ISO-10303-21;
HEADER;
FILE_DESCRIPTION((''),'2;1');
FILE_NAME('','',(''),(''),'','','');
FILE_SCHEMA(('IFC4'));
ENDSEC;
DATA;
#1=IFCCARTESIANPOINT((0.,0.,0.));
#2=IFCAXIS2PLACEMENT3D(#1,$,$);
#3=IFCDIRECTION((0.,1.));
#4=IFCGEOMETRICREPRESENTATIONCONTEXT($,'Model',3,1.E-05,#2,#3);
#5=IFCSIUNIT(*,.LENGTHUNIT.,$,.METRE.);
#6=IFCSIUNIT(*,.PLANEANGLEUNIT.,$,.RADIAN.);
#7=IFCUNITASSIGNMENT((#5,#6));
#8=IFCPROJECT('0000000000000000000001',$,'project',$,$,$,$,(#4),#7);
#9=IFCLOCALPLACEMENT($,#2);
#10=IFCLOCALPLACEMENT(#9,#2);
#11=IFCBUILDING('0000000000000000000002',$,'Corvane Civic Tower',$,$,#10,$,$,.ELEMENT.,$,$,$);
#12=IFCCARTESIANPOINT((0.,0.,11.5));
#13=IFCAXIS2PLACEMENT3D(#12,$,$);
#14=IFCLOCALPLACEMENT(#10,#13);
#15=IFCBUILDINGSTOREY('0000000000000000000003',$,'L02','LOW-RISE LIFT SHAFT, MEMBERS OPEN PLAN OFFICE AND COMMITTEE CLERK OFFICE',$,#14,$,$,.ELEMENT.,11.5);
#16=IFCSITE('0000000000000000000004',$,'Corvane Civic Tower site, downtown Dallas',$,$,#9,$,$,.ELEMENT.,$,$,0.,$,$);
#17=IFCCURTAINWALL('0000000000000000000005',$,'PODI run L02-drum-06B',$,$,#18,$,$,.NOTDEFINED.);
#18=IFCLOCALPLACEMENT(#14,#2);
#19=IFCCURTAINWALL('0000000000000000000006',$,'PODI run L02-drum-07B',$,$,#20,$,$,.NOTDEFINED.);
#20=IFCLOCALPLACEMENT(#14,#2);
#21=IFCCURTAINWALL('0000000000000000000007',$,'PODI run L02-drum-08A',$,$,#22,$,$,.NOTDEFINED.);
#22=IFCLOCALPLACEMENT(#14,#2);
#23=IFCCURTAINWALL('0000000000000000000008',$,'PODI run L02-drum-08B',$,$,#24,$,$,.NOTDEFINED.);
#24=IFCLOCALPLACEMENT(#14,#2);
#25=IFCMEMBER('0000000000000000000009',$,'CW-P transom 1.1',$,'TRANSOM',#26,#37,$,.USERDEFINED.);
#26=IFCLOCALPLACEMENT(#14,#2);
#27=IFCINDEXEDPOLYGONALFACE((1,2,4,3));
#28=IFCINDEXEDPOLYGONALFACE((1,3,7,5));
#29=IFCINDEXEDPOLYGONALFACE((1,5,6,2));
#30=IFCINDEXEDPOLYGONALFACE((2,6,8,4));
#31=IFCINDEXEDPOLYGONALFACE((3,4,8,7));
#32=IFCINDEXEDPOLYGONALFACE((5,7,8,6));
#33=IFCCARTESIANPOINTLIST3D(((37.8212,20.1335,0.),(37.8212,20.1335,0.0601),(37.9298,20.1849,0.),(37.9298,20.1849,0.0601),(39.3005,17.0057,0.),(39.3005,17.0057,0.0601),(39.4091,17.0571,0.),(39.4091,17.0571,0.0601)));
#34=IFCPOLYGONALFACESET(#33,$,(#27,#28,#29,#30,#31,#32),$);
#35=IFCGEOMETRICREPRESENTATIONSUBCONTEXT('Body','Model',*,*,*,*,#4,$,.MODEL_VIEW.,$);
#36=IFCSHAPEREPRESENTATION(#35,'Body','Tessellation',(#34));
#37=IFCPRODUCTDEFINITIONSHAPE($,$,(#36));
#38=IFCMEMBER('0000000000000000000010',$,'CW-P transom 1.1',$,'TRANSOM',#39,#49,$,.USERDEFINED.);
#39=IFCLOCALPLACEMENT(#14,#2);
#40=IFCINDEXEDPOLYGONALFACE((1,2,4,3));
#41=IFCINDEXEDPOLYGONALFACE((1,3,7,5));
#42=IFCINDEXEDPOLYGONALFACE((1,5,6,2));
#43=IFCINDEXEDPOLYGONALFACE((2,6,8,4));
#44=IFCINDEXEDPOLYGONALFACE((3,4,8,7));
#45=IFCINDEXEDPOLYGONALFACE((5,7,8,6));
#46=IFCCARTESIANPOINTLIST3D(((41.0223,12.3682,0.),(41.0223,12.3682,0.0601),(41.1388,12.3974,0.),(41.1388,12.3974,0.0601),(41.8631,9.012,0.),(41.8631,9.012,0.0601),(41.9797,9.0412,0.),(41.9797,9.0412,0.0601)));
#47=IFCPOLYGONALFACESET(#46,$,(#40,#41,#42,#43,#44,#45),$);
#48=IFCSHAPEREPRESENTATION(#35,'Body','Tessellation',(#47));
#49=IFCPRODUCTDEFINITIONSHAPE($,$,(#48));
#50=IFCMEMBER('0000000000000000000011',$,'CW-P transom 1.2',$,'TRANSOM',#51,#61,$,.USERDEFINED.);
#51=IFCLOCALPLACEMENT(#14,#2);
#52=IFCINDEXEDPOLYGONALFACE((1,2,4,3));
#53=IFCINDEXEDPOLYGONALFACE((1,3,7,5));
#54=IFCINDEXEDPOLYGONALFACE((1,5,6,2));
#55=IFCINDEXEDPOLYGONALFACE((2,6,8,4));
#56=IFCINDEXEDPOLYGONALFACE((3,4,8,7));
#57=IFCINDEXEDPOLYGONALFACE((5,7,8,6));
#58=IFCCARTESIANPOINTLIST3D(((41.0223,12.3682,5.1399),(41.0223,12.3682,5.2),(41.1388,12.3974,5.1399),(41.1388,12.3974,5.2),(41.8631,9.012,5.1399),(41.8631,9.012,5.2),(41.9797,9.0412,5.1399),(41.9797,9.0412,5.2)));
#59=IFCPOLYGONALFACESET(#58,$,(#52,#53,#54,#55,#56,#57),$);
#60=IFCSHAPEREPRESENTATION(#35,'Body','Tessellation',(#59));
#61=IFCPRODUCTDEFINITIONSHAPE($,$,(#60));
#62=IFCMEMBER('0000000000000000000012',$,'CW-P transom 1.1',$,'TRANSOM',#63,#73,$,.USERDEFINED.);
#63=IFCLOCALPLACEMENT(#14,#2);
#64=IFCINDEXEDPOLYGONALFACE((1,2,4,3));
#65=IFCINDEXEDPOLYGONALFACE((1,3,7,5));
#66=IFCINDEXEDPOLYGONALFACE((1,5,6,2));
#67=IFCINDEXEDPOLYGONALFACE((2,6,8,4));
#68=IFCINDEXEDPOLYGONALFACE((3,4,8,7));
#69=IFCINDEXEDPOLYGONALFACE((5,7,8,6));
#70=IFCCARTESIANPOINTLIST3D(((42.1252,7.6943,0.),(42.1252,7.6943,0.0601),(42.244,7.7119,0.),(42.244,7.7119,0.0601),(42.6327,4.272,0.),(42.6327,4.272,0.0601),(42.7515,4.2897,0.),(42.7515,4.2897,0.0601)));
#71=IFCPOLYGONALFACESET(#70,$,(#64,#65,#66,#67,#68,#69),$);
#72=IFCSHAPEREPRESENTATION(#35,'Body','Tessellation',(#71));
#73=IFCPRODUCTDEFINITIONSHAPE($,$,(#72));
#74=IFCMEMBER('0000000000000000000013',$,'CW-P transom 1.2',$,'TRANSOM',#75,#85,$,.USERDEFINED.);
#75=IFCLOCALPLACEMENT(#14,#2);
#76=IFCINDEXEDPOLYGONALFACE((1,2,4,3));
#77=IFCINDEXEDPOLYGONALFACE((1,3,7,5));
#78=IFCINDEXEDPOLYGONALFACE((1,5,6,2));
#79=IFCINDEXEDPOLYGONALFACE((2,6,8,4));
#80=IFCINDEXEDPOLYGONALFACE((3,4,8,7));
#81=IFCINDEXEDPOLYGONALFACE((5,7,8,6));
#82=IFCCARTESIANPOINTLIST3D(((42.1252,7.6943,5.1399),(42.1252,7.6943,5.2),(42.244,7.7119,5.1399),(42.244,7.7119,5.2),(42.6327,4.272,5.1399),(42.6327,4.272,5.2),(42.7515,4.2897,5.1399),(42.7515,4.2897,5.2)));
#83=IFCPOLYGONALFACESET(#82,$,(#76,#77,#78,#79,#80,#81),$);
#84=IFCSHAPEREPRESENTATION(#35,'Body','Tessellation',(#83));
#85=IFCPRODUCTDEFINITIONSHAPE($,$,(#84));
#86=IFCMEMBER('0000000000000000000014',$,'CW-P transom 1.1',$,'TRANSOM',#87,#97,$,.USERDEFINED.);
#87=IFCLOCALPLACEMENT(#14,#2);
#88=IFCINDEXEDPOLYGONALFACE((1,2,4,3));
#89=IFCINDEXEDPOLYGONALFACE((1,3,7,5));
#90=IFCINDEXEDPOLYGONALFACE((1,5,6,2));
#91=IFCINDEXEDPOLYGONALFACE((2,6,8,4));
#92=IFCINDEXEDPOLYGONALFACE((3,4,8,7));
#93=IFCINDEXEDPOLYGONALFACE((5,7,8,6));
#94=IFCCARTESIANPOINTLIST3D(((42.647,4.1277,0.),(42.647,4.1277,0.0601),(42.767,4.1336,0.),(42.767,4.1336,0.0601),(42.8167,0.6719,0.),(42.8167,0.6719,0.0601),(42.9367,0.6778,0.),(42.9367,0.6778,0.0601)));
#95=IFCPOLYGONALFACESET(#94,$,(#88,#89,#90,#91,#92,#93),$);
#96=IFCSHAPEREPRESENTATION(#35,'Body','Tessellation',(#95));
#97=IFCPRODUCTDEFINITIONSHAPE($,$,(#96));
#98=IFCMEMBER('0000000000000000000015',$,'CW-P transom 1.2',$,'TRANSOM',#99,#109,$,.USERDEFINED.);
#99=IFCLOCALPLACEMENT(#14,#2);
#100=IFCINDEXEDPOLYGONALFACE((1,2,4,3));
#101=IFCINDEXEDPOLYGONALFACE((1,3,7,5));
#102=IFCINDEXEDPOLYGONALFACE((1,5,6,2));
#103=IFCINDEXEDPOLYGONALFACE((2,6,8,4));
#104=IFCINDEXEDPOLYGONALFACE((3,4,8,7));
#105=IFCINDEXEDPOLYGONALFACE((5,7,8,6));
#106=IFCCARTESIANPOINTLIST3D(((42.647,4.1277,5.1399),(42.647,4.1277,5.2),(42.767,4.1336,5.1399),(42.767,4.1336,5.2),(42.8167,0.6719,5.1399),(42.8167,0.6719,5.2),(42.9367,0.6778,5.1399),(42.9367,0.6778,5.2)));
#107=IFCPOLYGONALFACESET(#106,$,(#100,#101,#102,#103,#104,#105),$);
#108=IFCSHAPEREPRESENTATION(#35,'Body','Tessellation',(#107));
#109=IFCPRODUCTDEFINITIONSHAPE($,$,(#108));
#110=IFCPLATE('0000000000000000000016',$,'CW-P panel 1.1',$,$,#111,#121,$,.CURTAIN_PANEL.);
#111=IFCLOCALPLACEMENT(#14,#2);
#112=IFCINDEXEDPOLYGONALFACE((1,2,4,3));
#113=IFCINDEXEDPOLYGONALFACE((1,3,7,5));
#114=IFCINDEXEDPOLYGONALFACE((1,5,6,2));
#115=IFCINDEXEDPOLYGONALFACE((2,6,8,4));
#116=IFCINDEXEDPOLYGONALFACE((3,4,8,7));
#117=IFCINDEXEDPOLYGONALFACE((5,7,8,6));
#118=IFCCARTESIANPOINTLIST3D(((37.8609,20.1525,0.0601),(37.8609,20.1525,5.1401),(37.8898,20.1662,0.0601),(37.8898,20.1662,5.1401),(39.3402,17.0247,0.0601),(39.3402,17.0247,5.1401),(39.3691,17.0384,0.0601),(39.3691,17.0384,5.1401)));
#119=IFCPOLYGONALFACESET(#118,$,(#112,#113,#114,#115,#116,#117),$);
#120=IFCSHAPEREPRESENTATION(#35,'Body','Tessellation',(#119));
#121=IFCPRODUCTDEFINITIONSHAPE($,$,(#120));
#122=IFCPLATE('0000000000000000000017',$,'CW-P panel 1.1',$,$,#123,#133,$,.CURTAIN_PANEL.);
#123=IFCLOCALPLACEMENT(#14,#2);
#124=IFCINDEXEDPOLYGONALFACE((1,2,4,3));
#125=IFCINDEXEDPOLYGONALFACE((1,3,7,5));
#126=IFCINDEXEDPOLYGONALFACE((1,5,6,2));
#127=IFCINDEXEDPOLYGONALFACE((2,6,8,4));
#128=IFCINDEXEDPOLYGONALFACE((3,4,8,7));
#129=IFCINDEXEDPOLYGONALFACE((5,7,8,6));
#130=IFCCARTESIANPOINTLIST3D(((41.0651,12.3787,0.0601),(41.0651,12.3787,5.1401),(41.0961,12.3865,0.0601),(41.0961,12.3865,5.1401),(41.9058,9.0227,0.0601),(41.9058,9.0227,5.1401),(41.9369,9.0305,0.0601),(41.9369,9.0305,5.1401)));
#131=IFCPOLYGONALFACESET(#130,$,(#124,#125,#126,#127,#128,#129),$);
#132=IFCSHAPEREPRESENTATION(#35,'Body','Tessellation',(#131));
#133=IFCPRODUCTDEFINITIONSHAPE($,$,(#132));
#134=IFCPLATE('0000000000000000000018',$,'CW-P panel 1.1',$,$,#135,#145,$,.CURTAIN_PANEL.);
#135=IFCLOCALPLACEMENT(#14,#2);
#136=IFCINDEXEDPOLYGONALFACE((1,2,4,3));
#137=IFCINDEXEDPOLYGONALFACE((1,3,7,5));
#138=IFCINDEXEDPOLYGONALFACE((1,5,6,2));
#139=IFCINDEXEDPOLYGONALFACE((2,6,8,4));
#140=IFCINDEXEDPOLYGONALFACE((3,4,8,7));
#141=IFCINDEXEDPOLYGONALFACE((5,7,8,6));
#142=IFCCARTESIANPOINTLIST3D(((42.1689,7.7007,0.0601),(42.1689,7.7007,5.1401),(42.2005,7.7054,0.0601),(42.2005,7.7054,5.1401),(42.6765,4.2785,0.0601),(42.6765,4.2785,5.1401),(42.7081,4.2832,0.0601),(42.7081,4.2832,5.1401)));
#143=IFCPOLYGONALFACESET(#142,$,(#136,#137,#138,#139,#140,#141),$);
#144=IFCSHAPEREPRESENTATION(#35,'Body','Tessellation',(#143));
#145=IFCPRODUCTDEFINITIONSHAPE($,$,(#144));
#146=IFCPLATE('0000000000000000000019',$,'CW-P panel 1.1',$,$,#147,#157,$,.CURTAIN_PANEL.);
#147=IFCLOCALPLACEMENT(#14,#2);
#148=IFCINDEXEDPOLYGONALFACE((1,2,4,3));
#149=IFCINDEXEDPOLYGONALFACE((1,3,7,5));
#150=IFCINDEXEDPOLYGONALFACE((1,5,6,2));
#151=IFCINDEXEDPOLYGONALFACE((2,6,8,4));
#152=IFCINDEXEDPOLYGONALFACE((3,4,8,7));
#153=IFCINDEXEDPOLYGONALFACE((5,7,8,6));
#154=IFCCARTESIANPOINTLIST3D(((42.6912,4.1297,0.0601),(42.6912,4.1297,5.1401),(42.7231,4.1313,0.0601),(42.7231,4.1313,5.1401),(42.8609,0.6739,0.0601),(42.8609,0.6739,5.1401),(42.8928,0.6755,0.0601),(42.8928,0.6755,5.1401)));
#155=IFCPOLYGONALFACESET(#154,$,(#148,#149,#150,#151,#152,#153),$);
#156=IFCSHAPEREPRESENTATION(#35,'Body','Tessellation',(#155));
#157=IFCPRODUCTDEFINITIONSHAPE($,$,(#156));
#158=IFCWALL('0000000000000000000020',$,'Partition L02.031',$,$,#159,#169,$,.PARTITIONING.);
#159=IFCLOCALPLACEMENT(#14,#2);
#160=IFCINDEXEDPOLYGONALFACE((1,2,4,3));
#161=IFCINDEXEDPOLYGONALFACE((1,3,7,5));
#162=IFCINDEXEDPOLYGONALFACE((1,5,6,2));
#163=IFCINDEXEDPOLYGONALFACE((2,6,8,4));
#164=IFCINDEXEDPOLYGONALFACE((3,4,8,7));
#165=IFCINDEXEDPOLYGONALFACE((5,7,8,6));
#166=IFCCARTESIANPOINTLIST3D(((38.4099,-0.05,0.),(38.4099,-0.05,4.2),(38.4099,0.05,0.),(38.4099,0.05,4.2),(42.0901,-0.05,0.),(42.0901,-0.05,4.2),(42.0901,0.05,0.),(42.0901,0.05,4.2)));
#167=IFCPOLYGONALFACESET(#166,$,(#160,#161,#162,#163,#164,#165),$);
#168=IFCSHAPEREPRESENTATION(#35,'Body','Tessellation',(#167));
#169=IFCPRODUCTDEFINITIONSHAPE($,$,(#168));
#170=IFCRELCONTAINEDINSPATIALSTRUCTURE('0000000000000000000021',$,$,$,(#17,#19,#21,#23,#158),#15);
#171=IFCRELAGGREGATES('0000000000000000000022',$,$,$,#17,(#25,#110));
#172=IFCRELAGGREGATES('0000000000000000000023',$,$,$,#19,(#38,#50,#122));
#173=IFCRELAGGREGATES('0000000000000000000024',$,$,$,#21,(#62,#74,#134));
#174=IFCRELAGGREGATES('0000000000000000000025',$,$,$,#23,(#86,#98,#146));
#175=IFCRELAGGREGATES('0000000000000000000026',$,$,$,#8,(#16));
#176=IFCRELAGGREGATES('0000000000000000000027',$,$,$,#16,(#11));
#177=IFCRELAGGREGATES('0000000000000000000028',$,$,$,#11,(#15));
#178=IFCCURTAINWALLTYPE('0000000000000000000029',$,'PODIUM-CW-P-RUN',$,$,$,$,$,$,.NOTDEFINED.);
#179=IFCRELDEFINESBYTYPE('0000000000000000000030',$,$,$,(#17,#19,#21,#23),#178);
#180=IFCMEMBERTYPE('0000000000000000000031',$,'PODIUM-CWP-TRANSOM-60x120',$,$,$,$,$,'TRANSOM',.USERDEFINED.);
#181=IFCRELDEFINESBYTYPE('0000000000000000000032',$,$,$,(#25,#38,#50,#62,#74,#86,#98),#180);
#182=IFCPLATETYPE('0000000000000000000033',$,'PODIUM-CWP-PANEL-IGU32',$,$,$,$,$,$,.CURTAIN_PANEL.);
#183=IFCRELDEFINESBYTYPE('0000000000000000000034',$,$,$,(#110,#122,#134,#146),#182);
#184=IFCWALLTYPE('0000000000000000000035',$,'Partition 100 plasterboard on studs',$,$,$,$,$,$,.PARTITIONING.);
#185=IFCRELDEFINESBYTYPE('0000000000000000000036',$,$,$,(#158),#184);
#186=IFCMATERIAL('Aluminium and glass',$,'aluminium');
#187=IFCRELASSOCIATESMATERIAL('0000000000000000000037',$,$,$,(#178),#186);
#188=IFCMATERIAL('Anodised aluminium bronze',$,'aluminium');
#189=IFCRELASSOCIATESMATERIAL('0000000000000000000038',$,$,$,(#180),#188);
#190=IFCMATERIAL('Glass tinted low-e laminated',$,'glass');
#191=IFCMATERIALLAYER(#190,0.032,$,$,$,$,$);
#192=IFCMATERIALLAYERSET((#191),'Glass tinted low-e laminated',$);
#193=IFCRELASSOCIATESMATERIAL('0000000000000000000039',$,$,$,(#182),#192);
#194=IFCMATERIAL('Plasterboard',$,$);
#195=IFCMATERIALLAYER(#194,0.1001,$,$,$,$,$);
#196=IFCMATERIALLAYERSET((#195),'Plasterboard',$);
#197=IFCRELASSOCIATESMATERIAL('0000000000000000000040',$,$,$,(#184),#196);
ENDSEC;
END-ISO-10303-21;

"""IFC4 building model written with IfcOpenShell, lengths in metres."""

from ifc_helpers import new_model, si_unit, direction, frame, frame_2d, origin, origin_2d, place, context, subcontext, project, spatial, rectangle, extrude, material, layer, layer_set, material_profile, profile_set, type_object, element, aggregate, save


model = new_model("IFC4")

# Units and contexts
model_context = context("Model", 3, precision=1e-05, world=origin(), true_north=direction((0.0, 1.0)))
body_context = subcontext(model_context, "Body", "Model", "MODEL_VIEW")
ifc_project = project(units=[si_unit("LENGTHUNIT", "METRE"), si_unit("PLANEANGLEUNIT", "RADIAN")], contexts=[model_context])

# Site, building, storey
site_placement = place(None, origin())
site = spatial("IfcSite", under=ifc_project, at=site_placement, Name="Corvane Civic Tower site, downtown Dallas", CompositionType="ELEMENT", RefElevation=0.0)
building_placement = place(site_placement, origin())
building = spatial("IfcBuilding", under=site, at=building_placement, Name="Corvane Civic Tower", CompositionType="ELEMENT")
storey_placement = place(building_placement, frame((0.0, 0.0, 11.5)))
storey = spatial("IfcBuildingStorey", under=building, at=storey_placement, Name="L02", Description="LOW-RISE LIFT SHAFT, MEMBERS OPEN PLAN OFFICE AND COMMITTEE CLERK OFFICE", CompositionType="ELEMENT", Elevation=11.5)

# Curtain wall
ifc_material_1 = material(Name="Aluminium and glass", Category="aluminium")
curtain_wall_type = type_object("IfcCurtainWallType", Name="PODIUM-CW-P-RUN", PredefinedType="NOTDEFINED", material=ifc_material_1)
curtain_wall_1_placement = place(storey_placement, origin())
curtain_wall_1 = element("IfcCurtainWall", 1, at=curtain_wall_1_placement, inside=storey, type_object=curtain_wall_type, Name="PODI run L02-drum-06B", PredefinedType="NOTDEFINED")

# Curtain walls
curtain_wall_2_placement = place(storey_placement, origin())
curtain_wall_2 = element("IfcCurtainWall", 2, at=curtain_wall_2_placement, inside=storey, type_object=curtain_wall_type, Name="PODI run L02-drum-07B", PredefinedType="NOTDEFINED")
curtain_wall_3_placement = place(storey_placement, origin())
curtain_wall_3 = element("IfcCurtainWall", 3, at=curtain_wall_3_placement, inside=storey, type_object=curtain_wall_type, Name="PODI run L02-drum-08A", PredefinedType="NOTDEFINED")
curtain_wall_4_placement = place(storey_placement, origin())
curtain_wall_4 = element("IfcCurtainWall", 4, at=curtain_wall_4_placement, inside=storey, type_object=curtain_wall_type, Name="PODI run L02-drum-08B", PredefinedType="NOTDEFINED")

# Members
ifc_material_2 = material(Name="Anodised aluminium bronze", Category="aluminium")
ifc_material_profile_1 = material_profile(ifc_material_2, rectangle(XDim=0.1201, YDim=0.0601, at=origin_2d()), Name="AL 120x60")
ifc_profile_set_1 = profile_set([ifc_material_profile_1], Name="Anodised aluminium bronze")
member_type_1 = type_object("IfcMemberType", Name="PODIUM-CWP-TRANSOM-60x120", ElementType="TRANSOM", PredefinedType="USERDEFINED", material=ifc_profile_set_1)
member_1_placement = place(storey_placement, frame((37.8755, 20.1592, 0.03), z_axis=(0.427546, -0.903993, 0.0), x_axis=(0.903993, 0.427546, 0.0)))
member_1 = element("IfcMember", 5, at=member_1_placement, type_object=member_type_1, Name="CW-P transom 1.1", ObjectType="TRANSOM", PredefinedType="USERDEFINED", context=body_context, shape_type="SweptSolid", body=[
    extrude(rectangle(XDim=0.1201, YDim=0.0601, at=origin_2d()), origin(), (0.0, 0.0, 1.0), 3.46),
])
member_2_placement = place(storey_placement, frame((41.0806, 12.3828, 0.03), z_axis=(0.243017, -0.970022, 0.0), x_axis=(0.970022, 0.243017, 0.0)))
member_2 = element("IfcMember", 6, at=member_2_placement, type_object=member_type_1, Name="CW-P transom 1.1", ObjectType="TRANSOM", PredefinedType="USERDEFINED", context=body_context, shape_type="SweptSolid", body=[
    extrude(rectangle(XDim=0.1201, YDim=0.0601, at=origin_2d()), origin(), (0.0, 0.0, 1.0), 3.46),
])
member_3_placement = place(storey_placement, frame((41.0806, 12.3828, 5.1699), z_axis=(0.243017, -0.970022, 0.0), x_axis=(0.970022, 0.243017, 0.0)))
member_3 = element("IfcMember", 7, at=member_3_placement, type_object=member_type_1, Name="CW-P transom 1.2", ObjectType="TRANSOM", PredefinedType="USERDEFINED", context=body_context, shape_type="SweptSolid", body=[
    extrude(rectangle(XDim=0.1201, YDim=0.0601, at=origin_2d()), origin(), (0.0, 0.0, 1.0), 3.46),
])
member_4_placement = place(storey_placement, frame((42.1846, 7.7031, 0.03), z_axis=(0.146705, -0.98918, 0.0), x_axis=(0.98918, 0.146705, 0.0)))
member_4 = element("IfcMember", 8, at=member_4_placement, type_object=member_type_1, Name="CW-P transom 1.1", ObjectType="TRANSOM", PredefinedType="USERDEFINED", context=body_context, shape_type="SweptSolid", body=[
    extrude(rectangle(XDim=0.1201, YDim=0.0601, at=origin_2d()), origin(), (0.0, 0.0, 1.0), 3.4597),
])
member_5_placement = place(storey_placement, frame((42.1846, 7.7031, 5.1699), z_axis=(0.146705, -0.98918, 0.0), x_axis=(0.98918, 0.146705, 0.0)))
member_5 = element("IfcMember", 9, at=member_5_placement, type_object=member_type_1, Name="CW-P transom 1.2", ObjectType="TRANSOM", PredefinedType="USERDEFINED", context=body_context, shape_type="SweptSolid", body=[
    extrude(rectangle(XDim=0.1201, YDim=0.0601, at=origin_2d()), origin(), (0.0, 0.0, 1.0), 3.4597),
])
member_6_placement = place(storey_placement, frame((42.707, 4.1306, 0.03), z_axis=(0.04904, -0.998797, 0.0), x_axis=(0.998797, 0.04904, 0.0)))
member_6 = element("IfcMember", 10, at=member_6_placement, type_object=member_type_1, Name="CW-P transom 1.1", ObjectType="TRANSOM", PredefinedType="USERDEFINED", context=body_context, shape_type="SweptSolid", body=[
    extrude(rectangle(XDim=0.1201, YDim=0.0601, at=origin_2d()), origin(), (0.0, 0.0, 1.0), 3.46),
])
member_7_placement = place(storey_placement, frame((42.707, 4.1306, 5.1699), z_axis=(0.04904, -0.998797, 0.0), x_axis=(0.998797, 0.04904, 0.0)))
member_7 = element("IfcMember", 11, at=member_7_placement, type_object=member_type_1, Name="CW-P transom 1.2", ObjectType="TRANSOM", PredefinedType="USERDEFINED", context=body_context, shape_type="SweptSolid", body=[
    extrude(rectangle(XDim=0.1201, YDim=0.0601, at=origin_2d()), origin(), (0.0, 0.0, 1.0), 3.46),
])

# Plates
ifc_material_3 = material(Name="Glass tinted low-e laminated", Category="glass")
ifc_layer_1 = layer(ifc_material_3, 0.032)
ifc_layer_set_1 = layer_set([ifc_layer_1], Name="Glass tinted low-e laminated")
plate_type = type_object("IfcPlateType", Name="PODIUM-CWP-PANEL-IGU32", PredefinedType="CURTAIN_PANEL", material=ifc_layer_set_1)
plate_1_placement = place(storey_placement, frame((38.615, 18.5955, 0.0601), z_axis=(0.0, 0.0, 1.0), x_axis=(0.427553, -0.90399, 0.0)))
plate_1 = element("IfcPlate", 12, at=plate_1_placement, type_object=plate_type, Name="CW-P panel 1.1", PredefinedType="CURTAIN_PANEL", context=body_context, shape_type="SweptSolid", body=[
    extrude(rectangle(XDim=3.46, YDim=0.032, at=origin_2d()), origin(), (0.0, 0.0, 1.0), 5.0801),
])
aggregate(curtain_wall_1, [member_1, plate_1])
plate_2_placement = place(storey_placement, frame((41.501, 10.7046, 0.0601), z_axis=(0.0, 0.0, 1.0), x_axis=(0.243009, -0.970024, 0.0)))
plate_2 = element("IfcPlate", 13, at=plate_2_placement, type_object=plate_type, Name="CW-P panel 1.1", PredefinedType="CURTAIN_PANEL", context=body_context, shape_type="SweptSolid", body=[
    extrude(rectangle(XDim=3.4597, YDim=0.032, at=origin_2d()), origin(), (0.0, 0.0, 1.0), 5.0801),
])
aggregate(curtain_wall_2, [member_2, member_3, plate_2])
plate_3_placement = place(storey_placement, frame((42.4385, 5.9919, 0.0601), z_axis=(0.0, 0.0, 1.0), x_axis=(0.146715, -0.989179, 0.0)))
plate_3 = element("IfcPlate", 14, at=plate_3_placement, type_object=plate_type, Name="CW-P panel 1.1", PredefinedType="CURTAIN_PANEL", context=body_context, shape_type="SweptSolid", body=[
    extrude(rectangle(XDim=3.4597, YDim=0.032, at=origin_2d()), origin(), (0.0, 0.0, 1.0), 5.0801),
])
aggregate(curtain_wall_3, [member_4, member_5, plate_3])
plate_4_placement = place(storey_placement, frame((42.792, 2.4026, 0.0601), z_axis=(0.0, 0.0, 1.0), x_axis=(0.04905, -0.998796, 0.0)))
plate_4 = element("IfcPlate", 15, at=plate_4_placement, type_object=plate_type, Name="CW-P panel 1.1", PredefinedType="CURTAIN_PANEL", context=body_context, shape_type="SweptSolid", body=[
    extrude(rectangle(XDim=3.46, YDim=0.032, at=origin_2d()), origin(), (0.0, 0.0, 1.0), 5.0801),
])
aggregate(curtain_wall_4, [member_6, member_7, plate_4])

# Wall
ifc_material_4 = material(Name="Plasterboard")
ifc_layer_2 = layer(ifc_material_4, 0.1001)
ifc_layer_set_2 = layer_set([ifc_layer_2], Name="Plasterboard")
wall_type_1 = type_object("IfcWallType", Name="Partition 100 plasterboard on studs", PredefinedType="PARTITIONING", material=ifc_layer_set_2)
wall_1_placement = place(storey_placement, frame((38.4099, 0.0, 0.0), z_axis=(0.0, 0.0, 1.0), x_axis=(1.0, 0.0, 0.0)))
element("IfcWall", 16, at=wall_1_placement, inside=storey, type_object=wall_type_1, Name="Partition L02.031", PredefinedType="PARTITIONING", context=body_context, shape_type="SweptSolid", body=[
    extrude(rectangle(XDim=3.6802, YDim=0.1001, at=frame_2d((1.8401, 0.0))), origin(), (0.0, 0.0, 1.0), 4.2),
])

save(model, "model.ifc")
